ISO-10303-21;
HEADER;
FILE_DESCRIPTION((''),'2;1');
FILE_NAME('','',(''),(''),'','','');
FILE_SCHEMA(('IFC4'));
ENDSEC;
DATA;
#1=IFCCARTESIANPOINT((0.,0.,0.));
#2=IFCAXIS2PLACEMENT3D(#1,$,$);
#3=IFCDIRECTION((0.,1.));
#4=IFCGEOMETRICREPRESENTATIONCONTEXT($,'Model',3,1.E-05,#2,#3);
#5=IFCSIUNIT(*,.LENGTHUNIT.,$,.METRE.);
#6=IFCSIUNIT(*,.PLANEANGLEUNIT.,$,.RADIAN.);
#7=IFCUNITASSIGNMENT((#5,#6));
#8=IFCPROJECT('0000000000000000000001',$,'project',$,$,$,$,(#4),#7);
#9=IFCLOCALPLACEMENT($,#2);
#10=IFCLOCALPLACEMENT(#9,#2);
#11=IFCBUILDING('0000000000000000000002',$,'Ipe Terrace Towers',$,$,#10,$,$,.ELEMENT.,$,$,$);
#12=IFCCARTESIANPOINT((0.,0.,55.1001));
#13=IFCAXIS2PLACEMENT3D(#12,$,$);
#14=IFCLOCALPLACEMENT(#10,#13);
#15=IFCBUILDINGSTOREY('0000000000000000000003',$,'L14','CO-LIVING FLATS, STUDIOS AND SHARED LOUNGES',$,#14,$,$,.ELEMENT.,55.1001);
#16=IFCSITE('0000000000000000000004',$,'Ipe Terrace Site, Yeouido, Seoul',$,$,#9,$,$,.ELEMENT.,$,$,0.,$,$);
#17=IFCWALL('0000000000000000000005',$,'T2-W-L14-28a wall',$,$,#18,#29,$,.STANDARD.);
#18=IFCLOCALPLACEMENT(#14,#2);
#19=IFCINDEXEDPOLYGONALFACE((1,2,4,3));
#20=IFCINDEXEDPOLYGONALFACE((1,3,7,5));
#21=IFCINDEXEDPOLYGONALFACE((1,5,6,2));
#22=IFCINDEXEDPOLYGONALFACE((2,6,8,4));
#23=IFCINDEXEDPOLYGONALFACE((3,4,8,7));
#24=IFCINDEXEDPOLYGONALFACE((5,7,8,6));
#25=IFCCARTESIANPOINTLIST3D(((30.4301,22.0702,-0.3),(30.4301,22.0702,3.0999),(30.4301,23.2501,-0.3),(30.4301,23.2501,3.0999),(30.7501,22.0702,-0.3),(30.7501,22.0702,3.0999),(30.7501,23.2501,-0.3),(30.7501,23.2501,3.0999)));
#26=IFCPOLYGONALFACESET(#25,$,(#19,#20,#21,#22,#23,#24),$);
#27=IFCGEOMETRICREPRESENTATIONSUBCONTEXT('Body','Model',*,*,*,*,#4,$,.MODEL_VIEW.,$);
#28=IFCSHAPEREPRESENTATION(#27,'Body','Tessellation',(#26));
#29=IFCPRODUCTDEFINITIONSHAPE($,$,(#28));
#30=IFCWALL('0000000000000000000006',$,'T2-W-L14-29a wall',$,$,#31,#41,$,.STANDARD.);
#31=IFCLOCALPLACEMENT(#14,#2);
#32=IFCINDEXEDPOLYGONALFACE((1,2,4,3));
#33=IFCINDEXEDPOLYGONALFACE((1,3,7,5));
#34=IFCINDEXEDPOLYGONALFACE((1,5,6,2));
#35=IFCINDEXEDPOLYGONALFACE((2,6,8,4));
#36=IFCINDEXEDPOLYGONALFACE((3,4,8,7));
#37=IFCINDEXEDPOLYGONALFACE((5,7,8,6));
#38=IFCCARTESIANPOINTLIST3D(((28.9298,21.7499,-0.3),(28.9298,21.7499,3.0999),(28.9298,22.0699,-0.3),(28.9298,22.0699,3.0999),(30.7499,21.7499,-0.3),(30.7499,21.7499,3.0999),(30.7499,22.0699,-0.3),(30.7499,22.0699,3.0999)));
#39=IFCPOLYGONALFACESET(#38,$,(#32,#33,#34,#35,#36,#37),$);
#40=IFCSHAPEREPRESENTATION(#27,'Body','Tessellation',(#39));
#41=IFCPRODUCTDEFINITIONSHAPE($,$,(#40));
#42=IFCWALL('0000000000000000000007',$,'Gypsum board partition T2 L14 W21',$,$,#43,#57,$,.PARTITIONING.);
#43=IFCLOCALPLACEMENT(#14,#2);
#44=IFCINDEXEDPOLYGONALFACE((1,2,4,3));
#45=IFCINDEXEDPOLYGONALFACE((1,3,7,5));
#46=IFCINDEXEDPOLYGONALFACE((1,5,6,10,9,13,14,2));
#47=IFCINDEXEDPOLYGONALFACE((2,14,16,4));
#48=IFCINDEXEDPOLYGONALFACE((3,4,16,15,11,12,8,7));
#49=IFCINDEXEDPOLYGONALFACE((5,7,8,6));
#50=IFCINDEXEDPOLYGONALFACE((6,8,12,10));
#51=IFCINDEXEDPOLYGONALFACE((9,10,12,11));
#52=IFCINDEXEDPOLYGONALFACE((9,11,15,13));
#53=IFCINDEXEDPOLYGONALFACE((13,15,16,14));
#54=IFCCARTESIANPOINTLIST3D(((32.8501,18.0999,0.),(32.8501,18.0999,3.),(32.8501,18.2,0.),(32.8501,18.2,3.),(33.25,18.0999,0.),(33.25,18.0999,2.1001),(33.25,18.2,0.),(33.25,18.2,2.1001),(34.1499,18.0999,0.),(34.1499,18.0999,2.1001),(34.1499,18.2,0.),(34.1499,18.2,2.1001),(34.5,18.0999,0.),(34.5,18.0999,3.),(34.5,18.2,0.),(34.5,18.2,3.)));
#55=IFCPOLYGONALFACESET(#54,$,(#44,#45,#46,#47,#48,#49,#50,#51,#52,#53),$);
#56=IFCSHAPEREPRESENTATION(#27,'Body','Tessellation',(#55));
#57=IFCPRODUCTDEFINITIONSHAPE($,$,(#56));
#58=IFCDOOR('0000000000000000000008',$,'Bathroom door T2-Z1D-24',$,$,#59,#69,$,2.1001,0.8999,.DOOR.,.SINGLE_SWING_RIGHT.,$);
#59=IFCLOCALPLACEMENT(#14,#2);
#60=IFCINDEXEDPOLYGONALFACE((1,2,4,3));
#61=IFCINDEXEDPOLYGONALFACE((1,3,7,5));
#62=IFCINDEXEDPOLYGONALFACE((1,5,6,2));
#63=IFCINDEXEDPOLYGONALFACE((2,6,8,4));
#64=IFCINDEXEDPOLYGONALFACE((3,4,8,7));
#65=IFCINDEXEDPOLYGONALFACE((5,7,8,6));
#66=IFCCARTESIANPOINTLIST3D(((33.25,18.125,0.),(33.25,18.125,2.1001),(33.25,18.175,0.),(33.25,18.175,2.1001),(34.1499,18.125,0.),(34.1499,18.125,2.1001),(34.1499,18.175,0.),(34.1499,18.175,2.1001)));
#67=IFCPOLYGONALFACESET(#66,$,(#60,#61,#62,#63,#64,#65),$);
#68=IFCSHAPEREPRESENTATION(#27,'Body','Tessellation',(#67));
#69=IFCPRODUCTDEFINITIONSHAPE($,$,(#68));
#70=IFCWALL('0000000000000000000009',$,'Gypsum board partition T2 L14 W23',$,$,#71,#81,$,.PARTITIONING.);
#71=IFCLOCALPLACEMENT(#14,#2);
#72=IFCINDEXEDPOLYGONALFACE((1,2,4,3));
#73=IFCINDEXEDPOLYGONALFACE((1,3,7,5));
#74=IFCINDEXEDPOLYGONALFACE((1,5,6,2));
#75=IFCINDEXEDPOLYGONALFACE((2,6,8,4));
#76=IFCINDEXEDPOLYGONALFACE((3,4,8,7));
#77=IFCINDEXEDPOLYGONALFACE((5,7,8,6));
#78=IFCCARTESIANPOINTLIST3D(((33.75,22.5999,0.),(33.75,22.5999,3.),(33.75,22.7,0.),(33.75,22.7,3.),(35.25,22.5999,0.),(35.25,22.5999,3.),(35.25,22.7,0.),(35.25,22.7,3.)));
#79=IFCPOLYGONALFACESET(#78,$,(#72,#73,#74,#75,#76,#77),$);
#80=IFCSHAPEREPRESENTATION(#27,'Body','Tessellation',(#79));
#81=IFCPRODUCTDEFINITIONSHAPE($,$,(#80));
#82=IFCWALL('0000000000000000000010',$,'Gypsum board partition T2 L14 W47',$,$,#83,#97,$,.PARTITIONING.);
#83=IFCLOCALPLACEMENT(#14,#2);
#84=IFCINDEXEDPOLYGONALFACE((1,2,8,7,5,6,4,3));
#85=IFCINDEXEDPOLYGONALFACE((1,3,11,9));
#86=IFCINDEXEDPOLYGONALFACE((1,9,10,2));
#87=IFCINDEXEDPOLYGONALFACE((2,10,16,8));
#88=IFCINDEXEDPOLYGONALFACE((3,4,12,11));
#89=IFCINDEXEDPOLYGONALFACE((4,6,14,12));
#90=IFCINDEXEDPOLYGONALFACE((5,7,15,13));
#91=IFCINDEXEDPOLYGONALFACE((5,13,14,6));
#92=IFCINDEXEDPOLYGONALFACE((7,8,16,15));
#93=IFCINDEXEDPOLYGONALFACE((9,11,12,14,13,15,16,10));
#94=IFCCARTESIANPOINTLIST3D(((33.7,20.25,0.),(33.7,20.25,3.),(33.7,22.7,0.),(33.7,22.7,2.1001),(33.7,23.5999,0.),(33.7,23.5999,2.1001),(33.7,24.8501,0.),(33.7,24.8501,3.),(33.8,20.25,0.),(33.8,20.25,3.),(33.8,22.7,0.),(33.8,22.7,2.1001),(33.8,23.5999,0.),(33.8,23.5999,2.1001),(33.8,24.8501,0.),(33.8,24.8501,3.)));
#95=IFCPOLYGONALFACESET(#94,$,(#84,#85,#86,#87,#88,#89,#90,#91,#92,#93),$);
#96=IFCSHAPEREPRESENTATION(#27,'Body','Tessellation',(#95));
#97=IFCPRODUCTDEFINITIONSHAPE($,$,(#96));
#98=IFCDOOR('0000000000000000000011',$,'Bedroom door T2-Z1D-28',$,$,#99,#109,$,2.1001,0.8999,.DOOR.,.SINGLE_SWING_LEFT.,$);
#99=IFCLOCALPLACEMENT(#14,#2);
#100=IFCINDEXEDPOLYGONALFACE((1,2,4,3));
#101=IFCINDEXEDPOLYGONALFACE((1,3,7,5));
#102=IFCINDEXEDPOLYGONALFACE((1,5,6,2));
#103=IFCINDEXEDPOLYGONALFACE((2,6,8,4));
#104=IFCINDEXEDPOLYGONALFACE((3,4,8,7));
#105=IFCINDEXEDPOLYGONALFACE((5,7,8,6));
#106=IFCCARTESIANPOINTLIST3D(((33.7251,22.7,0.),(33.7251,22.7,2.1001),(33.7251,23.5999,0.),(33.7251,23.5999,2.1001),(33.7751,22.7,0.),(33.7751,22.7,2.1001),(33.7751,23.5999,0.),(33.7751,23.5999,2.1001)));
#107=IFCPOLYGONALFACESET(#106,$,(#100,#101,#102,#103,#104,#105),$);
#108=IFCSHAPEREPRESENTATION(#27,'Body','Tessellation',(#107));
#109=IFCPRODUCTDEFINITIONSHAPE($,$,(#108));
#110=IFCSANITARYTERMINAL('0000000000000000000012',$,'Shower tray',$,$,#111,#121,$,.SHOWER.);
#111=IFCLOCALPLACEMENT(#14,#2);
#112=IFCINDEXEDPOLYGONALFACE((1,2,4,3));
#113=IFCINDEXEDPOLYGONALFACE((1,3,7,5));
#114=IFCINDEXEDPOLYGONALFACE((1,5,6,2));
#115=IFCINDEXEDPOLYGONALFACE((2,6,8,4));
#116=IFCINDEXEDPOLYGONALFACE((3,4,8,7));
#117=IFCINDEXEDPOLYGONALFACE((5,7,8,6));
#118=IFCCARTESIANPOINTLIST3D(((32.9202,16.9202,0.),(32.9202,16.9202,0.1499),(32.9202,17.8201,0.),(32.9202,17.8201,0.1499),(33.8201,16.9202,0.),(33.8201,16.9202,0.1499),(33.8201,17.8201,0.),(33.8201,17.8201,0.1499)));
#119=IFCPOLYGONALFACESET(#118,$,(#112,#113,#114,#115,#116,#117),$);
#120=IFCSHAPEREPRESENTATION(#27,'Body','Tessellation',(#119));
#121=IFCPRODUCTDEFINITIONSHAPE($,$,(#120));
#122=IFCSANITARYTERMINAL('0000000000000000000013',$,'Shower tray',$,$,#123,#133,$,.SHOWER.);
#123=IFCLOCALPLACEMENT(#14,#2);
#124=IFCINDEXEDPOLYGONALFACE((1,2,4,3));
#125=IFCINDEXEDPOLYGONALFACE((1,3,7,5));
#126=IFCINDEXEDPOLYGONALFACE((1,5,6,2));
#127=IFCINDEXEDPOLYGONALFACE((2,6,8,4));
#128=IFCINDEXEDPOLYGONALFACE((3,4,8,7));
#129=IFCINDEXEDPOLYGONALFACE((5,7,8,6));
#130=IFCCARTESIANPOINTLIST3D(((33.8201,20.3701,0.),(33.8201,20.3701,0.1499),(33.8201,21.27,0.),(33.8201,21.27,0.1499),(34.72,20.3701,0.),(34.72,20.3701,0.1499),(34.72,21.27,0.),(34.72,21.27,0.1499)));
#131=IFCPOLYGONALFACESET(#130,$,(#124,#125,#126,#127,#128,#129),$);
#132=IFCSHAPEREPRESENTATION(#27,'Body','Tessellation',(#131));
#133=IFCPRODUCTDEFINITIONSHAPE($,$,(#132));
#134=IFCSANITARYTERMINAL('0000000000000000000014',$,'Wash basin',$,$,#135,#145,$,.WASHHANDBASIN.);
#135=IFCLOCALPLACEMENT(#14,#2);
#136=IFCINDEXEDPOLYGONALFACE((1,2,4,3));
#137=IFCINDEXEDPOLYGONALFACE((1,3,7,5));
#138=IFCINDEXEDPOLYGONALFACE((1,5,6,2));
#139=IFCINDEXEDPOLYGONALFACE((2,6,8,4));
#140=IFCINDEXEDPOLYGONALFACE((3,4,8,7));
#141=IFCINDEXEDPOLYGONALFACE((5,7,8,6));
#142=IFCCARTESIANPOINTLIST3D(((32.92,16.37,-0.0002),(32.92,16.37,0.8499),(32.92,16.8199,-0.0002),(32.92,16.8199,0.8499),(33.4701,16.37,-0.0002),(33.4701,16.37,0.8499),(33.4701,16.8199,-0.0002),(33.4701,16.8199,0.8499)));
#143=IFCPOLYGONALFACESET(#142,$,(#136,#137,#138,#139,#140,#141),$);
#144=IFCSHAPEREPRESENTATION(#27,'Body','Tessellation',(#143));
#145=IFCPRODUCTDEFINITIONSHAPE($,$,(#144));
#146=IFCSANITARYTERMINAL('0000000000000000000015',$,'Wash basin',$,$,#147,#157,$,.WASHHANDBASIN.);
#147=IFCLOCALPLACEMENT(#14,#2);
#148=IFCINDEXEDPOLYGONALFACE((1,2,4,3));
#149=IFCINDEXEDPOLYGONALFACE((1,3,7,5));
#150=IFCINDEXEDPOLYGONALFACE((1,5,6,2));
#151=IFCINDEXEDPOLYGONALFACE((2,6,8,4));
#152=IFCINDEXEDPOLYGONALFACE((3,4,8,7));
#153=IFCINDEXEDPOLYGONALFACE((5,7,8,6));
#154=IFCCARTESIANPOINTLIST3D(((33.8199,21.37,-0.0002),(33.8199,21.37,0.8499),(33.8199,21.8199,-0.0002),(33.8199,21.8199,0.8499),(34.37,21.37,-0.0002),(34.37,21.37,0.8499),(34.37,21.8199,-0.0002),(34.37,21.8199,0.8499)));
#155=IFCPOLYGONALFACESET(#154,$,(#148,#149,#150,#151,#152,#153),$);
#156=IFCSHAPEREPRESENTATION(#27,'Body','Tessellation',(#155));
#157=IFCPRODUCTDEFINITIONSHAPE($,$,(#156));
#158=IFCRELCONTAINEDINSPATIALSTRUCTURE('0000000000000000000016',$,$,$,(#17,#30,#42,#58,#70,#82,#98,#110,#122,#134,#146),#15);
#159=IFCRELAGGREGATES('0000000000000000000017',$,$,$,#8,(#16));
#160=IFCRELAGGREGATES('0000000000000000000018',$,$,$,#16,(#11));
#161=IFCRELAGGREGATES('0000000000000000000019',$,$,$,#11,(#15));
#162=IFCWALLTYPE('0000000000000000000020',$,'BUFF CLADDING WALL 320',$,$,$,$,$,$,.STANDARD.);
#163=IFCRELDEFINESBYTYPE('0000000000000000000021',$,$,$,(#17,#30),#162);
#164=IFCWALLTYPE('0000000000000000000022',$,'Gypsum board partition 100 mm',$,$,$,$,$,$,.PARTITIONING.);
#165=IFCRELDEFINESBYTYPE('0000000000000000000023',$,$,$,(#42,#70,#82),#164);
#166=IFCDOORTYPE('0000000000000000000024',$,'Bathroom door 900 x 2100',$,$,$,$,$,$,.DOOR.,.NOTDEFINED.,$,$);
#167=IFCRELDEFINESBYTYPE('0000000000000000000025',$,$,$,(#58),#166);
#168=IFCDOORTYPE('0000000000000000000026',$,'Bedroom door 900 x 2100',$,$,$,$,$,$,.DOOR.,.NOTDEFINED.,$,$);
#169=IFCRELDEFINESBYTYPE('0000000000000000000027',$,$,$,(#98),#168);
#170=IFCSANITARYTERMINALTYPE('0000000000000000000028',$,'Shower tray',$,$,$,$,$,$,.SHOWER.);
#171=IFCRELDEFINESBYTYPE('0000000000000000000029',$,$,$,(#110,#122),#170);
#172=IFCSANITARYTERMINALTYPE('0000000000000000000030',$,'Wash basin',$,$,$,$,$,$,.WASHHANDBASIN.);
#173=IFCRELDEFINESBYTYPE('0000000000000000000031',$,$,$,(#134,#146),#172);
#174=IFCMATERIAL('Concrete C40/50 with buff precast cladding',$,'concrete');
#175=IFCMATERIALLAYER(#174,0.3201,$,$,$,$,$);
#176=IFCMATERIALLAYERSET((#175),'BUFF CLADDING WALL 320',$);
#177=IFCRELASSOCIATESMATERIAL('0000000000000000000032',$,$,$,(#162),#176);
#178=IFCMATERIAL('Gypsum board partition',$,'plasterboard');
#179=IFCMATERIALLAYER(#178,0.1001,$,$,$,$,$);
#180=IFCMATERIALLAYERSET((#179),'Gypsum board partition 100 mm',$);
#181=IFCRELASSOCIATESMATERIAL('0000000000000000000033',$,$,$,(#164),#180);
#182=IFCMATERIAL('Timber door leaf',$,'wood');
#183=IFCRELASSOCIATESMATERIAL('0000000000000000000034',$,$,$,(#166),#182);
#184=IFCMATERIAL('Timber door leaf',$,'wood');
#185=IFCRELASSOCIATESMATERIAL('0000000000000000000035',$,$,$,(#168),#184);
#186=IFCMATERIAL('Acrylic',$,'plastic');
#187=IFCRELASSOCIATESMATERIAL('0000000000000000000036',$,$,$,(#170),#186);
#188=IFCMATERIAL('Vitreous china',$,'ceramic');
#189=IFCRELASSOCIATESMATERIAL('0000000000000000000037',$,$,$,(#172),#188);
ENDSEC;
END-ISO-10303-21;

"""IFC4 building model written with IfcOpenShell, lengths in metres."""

from ifc_helpers import new_model, si_unit, direction, frame, frame_2d, origin, origin_2d, place, context, subcontext, project, spatial, rectangle, extrude, material, layer, layer_set, type_object, element, fill, save


model = new_model("IFC4")

# Units and contexts
model_context = context("Model", 3, precision=1e-05, world=origin(), true_north=direction((0.0, 1.0)))
body_context = subcontext(model_context, "Body", "Model", "MODEL_VIEW")
ifc_project = project(units=[si_unit("LENGTHUNIT", "METRE"), si_unit("PLANEANGLEUNIT", "RADIAN")], contexts=[model_context])

# Site, building, storey
site_placement = place(None, origin())
site = spatial("IfcSite", under=ifc_project, at=site_placement, Name="Ipe Terrace Site, Yeouido, Seoul", CompositionType="ELEMENT", RefElevation=0.0)
building_placement = place(site_placement, origin())
building = spatial("IfcBuilding", under=site, at=building_placement, Name="Ipe Terrace Towers", CompositionType="ELEMENT")
storey_placement = place(building_placement, frame((0.0, 0.0, 55.1001)))
storey = spatial("IfcBuildingStorey", under=building, at=storey_placement, Name="L14", Description="CO-LIVING FLATS, STUDIOS AND SHARED LOUNGES", CompositionType="ELEMENT", Elevation=55.1001)

# Shared definitions
ifc_material_1 = material(Name="Concrete C40/50 with buff precast cladding", Category="concrete")
ifc_layer_1 = layer(ifc_material_1, 0.3201)
ifc_layer_set_1 = layer_set([ifc_layer_1], Name="BUFF CLADDING WALL 320")
wall_type_1 = type_object("IfcWallType", Name="BUFF CLADDING WALL 320", PredefinedType="STANDARD", material=ifc_layer_set_1)

# Walls
wall_1_placement = place(storey_placement, frame((30.5901, 23.25, -0.3), z_axis=(0.0, 0.0, 1.0), x_axis=(0.0, -1.0, 0.0)))
element("IfcWall", 1, at=wall_1_placement, inside=storey, type_object=wall_type_1, Name="T2-W-L14-28a wall", PredefinedType="STANDARD", context=body_context, shape_type="SweptSolid", body=[
    extrude(rectangle(XDim=1.1799, YDim=0.3201, at=frame_2d((0.5898, 0.0))), origin(), (0.0, 0.0, 1.0), 3.3999),
])
wall_2_placement = place(storey_placement, frame((30.75, 21.9099, -0.3), z_axis=(0.0, 0.0, 1.0), x_axis=(-1.0, 0.0, 0.0)))
element("IfcWall", 2, at=wall_2_placement, inside=storey, type_object=wall_type_1, Name="T2-W-L14-29a wall", PredefinedType="STANDARD", context=body_context, shape_type="SweptSolid", body=[
    extrude(rectangle(XDim=1.8201, YDim=0.3201, at=frame_2d((0.9102, 0.0))), origin(), (0.0, 0.0, 1.0), 3.3999),
])

# Wall, opening, door
ifc_material_2 = material(Name="Gypsum board partition", Category="plasterboard")
ifc_layer_2 = layer(ifc_material_2, 0.1001)
ifc_layer_set_2 = layer_set([ifc_layer_2], Name="Gypsum board partition 100 mm")
wall_type_2 = type_object("IfcWallType", Name="Gypsum board partition 100 mm", PredefinedType="PARTITIONING", material=ifc_layer_set_2)
wall_3_placement = place(storey_placement, frame((34.5, 18.1499, 0.0), z_axis=(0.0, 0.0, 1.0), x_axis=(-1.0, 0.0, 0.0)))
wall_3 = element("IfcWall", 3, at=wall_3_placement, inside=storey, type_object=wall_type_2, Name="Gypsum board partition T2 L14 W21", PredefinedType="PARTITIONING", context=body_context, shape_type="SweptSolid", body=[
    extrude(rectangle(XDim=1.6499, YDim=0.1001, at=frame_2d((0.825, 0.0))), origin(), (0.0, 0.0, 1.0), 3.0),
])
opening_1_placement = place(wall_3_placement, frame((0.3501, 0.0, 0.0)))
opening_1 = element("IfcOpeningElement", 4, at=opening_1_placement, cuts=wall_3, PredefinedType="OPENING", context=body_context, shape_type="SweptSolid", body=[
    extrude(rectangle(XDim=0.8999, YDim=2.1001, at=frame_2d((0.45, 1.05))), frame((0.0, 0.0601, 0.0), z_axis=(0.0, -1.0, 0.0), x_axis=(1.0, 0.0, 0.0)), (0.0, 0.0, 1.0), 0.1201),
])
ifc_material_3 = material(Name="Timber door leaf", Category="wood")
door_type_1 = type_object("IfcDoorType", Name="Bathroom door 900 x 2100", OperationType="NOTDEFINED", PredefinedType="DOOR", material=ifc_material_3)
door_1_placement = place(opening_1_placement, origin())
door_1 = element("IfcDoor", 5, at=door_1_placement, inside=storey, type_object=door_type_1, Name="Bathroom door T2-Z1D-24", OperationType="SINGLE_SWING_RIGHT", OverallHeight=2.1001, OverallWidth=0.8999, PredefinedType="DOOR", context=body_context, shape_type="SweptSolid", body=[
    extrude(rectangle(XDim=0.8999, YDim=2.1001, at=frame_2d((0.45, 1.05))), frame((0.0, 0.0249, 0.0), z_axis=(0.0, -1.0, 0.0), x_axis=(1.0, 0.0, 0.0)), (0.0, 0.0, 1.0), 0.05),
])
fill(opening_1, door_1)

# Wall
wall_4_placement = place(storey_placement, frame((35.25, 22.6499, 0.0), z_axis=(0.0, 0.0, 1.0), x_axis=(-1.0, 0.0, 0.0)))
element("IfcWall", 6, at=wall_4_placement, inside=storey, type_object=wall_type_2, Name="Gypsum board partition T2 L14 W23", PredefinedType="PARTITIONING", context=body_context, shape_type="SweptSolid", body=[
    extrude(rectangle(XDim=1.5, YDim=0.1001, at=frame_2d((0.75, 0.0))), origin(), (0.0, 0.0, 1.0), 3.0),
])

# Wall, opening, door
wall_5_placement = place(storey_placement, frame((33.75, 20.25, 0.0), z_axis=(0.0, 0.0, 1.0), x_axis=(0.0, 1.0, 0.0)))
wall_5 = element("IfcWall", 7, at=wall_5_placement, inside=storey, type_object=wall_type_2, Name="Gypsum board partition T2 L14 W47", PredefinedType="PARTITIONING", context=body_context, shape_type="SweptSolid", body=[
    extrude(rectangle(XDim=4.6001, YDim=0.1001, at=frame_2d((2.3, 0.0))), origin(), (0.0, 0.0, 1.0), 3.0),
])
opening_2_placement = place(wall_5_placement, frame((2.45, 0.0, 0.0)))
opening_2 = element("IfcOpeningElement", 8, at=opening_2_placement, cuts=wall_5, PredefinedType="OPENING", context=body_context, shape_type="SweptSolid", body=[
    extrude(rectangle(XDim=0.8999, YDim=2.1001, at=frame_2d((0.45, 1.05))), frame((0.0, 0.0601, 0.0), z_axis=(0.0, -1.0, 0.0), x_axis=(1.0, 0.0, 0.0)), (0.0, 0.0, 1.0), 0.1201),
])
ifc_material_4 = material(Name="Timber door leaf", Category="wood")
door_type_2 = type_object("IfcDoorType", Name="Bedroom door 900 x 2100", OperationType="NOTDEFINED", PredefinedType="DOOR", material=ifc_material_4)
door_2_placement = place(opening_2_placement, origin())
door_2 = element("IfcDoor", 9, at=door_2_placement, inside=storey, type_object=door_type_2, Name="Bedroom door T2-Z1D-28", OperationType="SINGLE_SWING_LEFT", OverallHeight=2.1001, OverallWidth=0.8999, PredefinedType="DOOR", context=body_context, shape_type="SweptSolid", body=[
    extrude(rectangle(XDim=0.8999, YDim=2.1001, at=frame_2d((0.45, 1.05))), frame((0.0, 0.0249, 0.0), z_axis=(0.0, -1.0, 0.0), x_axis=(1.0, 0.0, 0.0)), (0.0, 0.0, 1.0), 0.05),
])
fill(opening_2, door_2)

# Sanitary terminals
ifc_material_5 = material(Name="Acrylic", Category="plastic")
sanitary_terminal_type_1 = type_object("IfcSanitaryTerminalType", Name="Shower tray", PredefinedType="SHOWER", material=ifc_material_5)
for number, where, z_axis, x_axis, name in (
    (10, (33.3701, 17.3701, 0.0), (0.0, 0.0, 1.0), (1.0, 0.0, 0.0), "Shower tray"),
    (11, (34.27, 20.8201, 0.0), (0.0, 0.0, 1.0), (1.0, 0.0, 0.0), "Shower tray"),
):
    element("IfcSanitaryTerminal", number, at=place(storey_placement, frame(where, z_axis=z_axis, x_axis=x_axis)), inside=storey, type_object=sanitary_terminal_type_1, Name=name, PredefinedType="SHOWER", context=body_context, shape_type="SweptSolid", body=[
        extrude(rectangle(XDim=0.8999, YDim=0.8999, at=origin_2d()), origin(), (0.0, 0.0, 1.0), 0.1499),
    ])
ifc_material_6 = material(Name="Vitreous china", Category="ceramic")
sanitary_terminal_type_2 = type_object("IfcSanitaryTerminalType", Name="Wash basin", PredefinedType="WASHHANDBASIN", material=ifc_material_6)
for number, where, z_axis, x_axis, name in (
    (12, (33.1951, 16.595, -0.0002), (0.0, 0.0, 1.0), (1.0, 0.0, 0.0), "Wash basin"),
    (13, (34.095, 21.595, -0.0002), (0.0, 0.0, 1.0), (1.0, 0.0, 0.0), "Wash basin"),
):
    element("IfcSanitaryTerminal", number, at=place(storey_placement, frame(where, z_axis=z_axis, x_axis=x_axis)), inside=storey, type_object=sanitary_terminal_type_2, Name=name, PredefinedType="WASHHANDBASIN", context=body_context, shape_type="SweptSolid", body=[
        extrude(rectangle(XDim=0.55, YDim=0.45, at=origin_2d()), origin(), (0.0, 0.0, 1.0), 0.8501),
    ])

save(model, "model.ifc")
